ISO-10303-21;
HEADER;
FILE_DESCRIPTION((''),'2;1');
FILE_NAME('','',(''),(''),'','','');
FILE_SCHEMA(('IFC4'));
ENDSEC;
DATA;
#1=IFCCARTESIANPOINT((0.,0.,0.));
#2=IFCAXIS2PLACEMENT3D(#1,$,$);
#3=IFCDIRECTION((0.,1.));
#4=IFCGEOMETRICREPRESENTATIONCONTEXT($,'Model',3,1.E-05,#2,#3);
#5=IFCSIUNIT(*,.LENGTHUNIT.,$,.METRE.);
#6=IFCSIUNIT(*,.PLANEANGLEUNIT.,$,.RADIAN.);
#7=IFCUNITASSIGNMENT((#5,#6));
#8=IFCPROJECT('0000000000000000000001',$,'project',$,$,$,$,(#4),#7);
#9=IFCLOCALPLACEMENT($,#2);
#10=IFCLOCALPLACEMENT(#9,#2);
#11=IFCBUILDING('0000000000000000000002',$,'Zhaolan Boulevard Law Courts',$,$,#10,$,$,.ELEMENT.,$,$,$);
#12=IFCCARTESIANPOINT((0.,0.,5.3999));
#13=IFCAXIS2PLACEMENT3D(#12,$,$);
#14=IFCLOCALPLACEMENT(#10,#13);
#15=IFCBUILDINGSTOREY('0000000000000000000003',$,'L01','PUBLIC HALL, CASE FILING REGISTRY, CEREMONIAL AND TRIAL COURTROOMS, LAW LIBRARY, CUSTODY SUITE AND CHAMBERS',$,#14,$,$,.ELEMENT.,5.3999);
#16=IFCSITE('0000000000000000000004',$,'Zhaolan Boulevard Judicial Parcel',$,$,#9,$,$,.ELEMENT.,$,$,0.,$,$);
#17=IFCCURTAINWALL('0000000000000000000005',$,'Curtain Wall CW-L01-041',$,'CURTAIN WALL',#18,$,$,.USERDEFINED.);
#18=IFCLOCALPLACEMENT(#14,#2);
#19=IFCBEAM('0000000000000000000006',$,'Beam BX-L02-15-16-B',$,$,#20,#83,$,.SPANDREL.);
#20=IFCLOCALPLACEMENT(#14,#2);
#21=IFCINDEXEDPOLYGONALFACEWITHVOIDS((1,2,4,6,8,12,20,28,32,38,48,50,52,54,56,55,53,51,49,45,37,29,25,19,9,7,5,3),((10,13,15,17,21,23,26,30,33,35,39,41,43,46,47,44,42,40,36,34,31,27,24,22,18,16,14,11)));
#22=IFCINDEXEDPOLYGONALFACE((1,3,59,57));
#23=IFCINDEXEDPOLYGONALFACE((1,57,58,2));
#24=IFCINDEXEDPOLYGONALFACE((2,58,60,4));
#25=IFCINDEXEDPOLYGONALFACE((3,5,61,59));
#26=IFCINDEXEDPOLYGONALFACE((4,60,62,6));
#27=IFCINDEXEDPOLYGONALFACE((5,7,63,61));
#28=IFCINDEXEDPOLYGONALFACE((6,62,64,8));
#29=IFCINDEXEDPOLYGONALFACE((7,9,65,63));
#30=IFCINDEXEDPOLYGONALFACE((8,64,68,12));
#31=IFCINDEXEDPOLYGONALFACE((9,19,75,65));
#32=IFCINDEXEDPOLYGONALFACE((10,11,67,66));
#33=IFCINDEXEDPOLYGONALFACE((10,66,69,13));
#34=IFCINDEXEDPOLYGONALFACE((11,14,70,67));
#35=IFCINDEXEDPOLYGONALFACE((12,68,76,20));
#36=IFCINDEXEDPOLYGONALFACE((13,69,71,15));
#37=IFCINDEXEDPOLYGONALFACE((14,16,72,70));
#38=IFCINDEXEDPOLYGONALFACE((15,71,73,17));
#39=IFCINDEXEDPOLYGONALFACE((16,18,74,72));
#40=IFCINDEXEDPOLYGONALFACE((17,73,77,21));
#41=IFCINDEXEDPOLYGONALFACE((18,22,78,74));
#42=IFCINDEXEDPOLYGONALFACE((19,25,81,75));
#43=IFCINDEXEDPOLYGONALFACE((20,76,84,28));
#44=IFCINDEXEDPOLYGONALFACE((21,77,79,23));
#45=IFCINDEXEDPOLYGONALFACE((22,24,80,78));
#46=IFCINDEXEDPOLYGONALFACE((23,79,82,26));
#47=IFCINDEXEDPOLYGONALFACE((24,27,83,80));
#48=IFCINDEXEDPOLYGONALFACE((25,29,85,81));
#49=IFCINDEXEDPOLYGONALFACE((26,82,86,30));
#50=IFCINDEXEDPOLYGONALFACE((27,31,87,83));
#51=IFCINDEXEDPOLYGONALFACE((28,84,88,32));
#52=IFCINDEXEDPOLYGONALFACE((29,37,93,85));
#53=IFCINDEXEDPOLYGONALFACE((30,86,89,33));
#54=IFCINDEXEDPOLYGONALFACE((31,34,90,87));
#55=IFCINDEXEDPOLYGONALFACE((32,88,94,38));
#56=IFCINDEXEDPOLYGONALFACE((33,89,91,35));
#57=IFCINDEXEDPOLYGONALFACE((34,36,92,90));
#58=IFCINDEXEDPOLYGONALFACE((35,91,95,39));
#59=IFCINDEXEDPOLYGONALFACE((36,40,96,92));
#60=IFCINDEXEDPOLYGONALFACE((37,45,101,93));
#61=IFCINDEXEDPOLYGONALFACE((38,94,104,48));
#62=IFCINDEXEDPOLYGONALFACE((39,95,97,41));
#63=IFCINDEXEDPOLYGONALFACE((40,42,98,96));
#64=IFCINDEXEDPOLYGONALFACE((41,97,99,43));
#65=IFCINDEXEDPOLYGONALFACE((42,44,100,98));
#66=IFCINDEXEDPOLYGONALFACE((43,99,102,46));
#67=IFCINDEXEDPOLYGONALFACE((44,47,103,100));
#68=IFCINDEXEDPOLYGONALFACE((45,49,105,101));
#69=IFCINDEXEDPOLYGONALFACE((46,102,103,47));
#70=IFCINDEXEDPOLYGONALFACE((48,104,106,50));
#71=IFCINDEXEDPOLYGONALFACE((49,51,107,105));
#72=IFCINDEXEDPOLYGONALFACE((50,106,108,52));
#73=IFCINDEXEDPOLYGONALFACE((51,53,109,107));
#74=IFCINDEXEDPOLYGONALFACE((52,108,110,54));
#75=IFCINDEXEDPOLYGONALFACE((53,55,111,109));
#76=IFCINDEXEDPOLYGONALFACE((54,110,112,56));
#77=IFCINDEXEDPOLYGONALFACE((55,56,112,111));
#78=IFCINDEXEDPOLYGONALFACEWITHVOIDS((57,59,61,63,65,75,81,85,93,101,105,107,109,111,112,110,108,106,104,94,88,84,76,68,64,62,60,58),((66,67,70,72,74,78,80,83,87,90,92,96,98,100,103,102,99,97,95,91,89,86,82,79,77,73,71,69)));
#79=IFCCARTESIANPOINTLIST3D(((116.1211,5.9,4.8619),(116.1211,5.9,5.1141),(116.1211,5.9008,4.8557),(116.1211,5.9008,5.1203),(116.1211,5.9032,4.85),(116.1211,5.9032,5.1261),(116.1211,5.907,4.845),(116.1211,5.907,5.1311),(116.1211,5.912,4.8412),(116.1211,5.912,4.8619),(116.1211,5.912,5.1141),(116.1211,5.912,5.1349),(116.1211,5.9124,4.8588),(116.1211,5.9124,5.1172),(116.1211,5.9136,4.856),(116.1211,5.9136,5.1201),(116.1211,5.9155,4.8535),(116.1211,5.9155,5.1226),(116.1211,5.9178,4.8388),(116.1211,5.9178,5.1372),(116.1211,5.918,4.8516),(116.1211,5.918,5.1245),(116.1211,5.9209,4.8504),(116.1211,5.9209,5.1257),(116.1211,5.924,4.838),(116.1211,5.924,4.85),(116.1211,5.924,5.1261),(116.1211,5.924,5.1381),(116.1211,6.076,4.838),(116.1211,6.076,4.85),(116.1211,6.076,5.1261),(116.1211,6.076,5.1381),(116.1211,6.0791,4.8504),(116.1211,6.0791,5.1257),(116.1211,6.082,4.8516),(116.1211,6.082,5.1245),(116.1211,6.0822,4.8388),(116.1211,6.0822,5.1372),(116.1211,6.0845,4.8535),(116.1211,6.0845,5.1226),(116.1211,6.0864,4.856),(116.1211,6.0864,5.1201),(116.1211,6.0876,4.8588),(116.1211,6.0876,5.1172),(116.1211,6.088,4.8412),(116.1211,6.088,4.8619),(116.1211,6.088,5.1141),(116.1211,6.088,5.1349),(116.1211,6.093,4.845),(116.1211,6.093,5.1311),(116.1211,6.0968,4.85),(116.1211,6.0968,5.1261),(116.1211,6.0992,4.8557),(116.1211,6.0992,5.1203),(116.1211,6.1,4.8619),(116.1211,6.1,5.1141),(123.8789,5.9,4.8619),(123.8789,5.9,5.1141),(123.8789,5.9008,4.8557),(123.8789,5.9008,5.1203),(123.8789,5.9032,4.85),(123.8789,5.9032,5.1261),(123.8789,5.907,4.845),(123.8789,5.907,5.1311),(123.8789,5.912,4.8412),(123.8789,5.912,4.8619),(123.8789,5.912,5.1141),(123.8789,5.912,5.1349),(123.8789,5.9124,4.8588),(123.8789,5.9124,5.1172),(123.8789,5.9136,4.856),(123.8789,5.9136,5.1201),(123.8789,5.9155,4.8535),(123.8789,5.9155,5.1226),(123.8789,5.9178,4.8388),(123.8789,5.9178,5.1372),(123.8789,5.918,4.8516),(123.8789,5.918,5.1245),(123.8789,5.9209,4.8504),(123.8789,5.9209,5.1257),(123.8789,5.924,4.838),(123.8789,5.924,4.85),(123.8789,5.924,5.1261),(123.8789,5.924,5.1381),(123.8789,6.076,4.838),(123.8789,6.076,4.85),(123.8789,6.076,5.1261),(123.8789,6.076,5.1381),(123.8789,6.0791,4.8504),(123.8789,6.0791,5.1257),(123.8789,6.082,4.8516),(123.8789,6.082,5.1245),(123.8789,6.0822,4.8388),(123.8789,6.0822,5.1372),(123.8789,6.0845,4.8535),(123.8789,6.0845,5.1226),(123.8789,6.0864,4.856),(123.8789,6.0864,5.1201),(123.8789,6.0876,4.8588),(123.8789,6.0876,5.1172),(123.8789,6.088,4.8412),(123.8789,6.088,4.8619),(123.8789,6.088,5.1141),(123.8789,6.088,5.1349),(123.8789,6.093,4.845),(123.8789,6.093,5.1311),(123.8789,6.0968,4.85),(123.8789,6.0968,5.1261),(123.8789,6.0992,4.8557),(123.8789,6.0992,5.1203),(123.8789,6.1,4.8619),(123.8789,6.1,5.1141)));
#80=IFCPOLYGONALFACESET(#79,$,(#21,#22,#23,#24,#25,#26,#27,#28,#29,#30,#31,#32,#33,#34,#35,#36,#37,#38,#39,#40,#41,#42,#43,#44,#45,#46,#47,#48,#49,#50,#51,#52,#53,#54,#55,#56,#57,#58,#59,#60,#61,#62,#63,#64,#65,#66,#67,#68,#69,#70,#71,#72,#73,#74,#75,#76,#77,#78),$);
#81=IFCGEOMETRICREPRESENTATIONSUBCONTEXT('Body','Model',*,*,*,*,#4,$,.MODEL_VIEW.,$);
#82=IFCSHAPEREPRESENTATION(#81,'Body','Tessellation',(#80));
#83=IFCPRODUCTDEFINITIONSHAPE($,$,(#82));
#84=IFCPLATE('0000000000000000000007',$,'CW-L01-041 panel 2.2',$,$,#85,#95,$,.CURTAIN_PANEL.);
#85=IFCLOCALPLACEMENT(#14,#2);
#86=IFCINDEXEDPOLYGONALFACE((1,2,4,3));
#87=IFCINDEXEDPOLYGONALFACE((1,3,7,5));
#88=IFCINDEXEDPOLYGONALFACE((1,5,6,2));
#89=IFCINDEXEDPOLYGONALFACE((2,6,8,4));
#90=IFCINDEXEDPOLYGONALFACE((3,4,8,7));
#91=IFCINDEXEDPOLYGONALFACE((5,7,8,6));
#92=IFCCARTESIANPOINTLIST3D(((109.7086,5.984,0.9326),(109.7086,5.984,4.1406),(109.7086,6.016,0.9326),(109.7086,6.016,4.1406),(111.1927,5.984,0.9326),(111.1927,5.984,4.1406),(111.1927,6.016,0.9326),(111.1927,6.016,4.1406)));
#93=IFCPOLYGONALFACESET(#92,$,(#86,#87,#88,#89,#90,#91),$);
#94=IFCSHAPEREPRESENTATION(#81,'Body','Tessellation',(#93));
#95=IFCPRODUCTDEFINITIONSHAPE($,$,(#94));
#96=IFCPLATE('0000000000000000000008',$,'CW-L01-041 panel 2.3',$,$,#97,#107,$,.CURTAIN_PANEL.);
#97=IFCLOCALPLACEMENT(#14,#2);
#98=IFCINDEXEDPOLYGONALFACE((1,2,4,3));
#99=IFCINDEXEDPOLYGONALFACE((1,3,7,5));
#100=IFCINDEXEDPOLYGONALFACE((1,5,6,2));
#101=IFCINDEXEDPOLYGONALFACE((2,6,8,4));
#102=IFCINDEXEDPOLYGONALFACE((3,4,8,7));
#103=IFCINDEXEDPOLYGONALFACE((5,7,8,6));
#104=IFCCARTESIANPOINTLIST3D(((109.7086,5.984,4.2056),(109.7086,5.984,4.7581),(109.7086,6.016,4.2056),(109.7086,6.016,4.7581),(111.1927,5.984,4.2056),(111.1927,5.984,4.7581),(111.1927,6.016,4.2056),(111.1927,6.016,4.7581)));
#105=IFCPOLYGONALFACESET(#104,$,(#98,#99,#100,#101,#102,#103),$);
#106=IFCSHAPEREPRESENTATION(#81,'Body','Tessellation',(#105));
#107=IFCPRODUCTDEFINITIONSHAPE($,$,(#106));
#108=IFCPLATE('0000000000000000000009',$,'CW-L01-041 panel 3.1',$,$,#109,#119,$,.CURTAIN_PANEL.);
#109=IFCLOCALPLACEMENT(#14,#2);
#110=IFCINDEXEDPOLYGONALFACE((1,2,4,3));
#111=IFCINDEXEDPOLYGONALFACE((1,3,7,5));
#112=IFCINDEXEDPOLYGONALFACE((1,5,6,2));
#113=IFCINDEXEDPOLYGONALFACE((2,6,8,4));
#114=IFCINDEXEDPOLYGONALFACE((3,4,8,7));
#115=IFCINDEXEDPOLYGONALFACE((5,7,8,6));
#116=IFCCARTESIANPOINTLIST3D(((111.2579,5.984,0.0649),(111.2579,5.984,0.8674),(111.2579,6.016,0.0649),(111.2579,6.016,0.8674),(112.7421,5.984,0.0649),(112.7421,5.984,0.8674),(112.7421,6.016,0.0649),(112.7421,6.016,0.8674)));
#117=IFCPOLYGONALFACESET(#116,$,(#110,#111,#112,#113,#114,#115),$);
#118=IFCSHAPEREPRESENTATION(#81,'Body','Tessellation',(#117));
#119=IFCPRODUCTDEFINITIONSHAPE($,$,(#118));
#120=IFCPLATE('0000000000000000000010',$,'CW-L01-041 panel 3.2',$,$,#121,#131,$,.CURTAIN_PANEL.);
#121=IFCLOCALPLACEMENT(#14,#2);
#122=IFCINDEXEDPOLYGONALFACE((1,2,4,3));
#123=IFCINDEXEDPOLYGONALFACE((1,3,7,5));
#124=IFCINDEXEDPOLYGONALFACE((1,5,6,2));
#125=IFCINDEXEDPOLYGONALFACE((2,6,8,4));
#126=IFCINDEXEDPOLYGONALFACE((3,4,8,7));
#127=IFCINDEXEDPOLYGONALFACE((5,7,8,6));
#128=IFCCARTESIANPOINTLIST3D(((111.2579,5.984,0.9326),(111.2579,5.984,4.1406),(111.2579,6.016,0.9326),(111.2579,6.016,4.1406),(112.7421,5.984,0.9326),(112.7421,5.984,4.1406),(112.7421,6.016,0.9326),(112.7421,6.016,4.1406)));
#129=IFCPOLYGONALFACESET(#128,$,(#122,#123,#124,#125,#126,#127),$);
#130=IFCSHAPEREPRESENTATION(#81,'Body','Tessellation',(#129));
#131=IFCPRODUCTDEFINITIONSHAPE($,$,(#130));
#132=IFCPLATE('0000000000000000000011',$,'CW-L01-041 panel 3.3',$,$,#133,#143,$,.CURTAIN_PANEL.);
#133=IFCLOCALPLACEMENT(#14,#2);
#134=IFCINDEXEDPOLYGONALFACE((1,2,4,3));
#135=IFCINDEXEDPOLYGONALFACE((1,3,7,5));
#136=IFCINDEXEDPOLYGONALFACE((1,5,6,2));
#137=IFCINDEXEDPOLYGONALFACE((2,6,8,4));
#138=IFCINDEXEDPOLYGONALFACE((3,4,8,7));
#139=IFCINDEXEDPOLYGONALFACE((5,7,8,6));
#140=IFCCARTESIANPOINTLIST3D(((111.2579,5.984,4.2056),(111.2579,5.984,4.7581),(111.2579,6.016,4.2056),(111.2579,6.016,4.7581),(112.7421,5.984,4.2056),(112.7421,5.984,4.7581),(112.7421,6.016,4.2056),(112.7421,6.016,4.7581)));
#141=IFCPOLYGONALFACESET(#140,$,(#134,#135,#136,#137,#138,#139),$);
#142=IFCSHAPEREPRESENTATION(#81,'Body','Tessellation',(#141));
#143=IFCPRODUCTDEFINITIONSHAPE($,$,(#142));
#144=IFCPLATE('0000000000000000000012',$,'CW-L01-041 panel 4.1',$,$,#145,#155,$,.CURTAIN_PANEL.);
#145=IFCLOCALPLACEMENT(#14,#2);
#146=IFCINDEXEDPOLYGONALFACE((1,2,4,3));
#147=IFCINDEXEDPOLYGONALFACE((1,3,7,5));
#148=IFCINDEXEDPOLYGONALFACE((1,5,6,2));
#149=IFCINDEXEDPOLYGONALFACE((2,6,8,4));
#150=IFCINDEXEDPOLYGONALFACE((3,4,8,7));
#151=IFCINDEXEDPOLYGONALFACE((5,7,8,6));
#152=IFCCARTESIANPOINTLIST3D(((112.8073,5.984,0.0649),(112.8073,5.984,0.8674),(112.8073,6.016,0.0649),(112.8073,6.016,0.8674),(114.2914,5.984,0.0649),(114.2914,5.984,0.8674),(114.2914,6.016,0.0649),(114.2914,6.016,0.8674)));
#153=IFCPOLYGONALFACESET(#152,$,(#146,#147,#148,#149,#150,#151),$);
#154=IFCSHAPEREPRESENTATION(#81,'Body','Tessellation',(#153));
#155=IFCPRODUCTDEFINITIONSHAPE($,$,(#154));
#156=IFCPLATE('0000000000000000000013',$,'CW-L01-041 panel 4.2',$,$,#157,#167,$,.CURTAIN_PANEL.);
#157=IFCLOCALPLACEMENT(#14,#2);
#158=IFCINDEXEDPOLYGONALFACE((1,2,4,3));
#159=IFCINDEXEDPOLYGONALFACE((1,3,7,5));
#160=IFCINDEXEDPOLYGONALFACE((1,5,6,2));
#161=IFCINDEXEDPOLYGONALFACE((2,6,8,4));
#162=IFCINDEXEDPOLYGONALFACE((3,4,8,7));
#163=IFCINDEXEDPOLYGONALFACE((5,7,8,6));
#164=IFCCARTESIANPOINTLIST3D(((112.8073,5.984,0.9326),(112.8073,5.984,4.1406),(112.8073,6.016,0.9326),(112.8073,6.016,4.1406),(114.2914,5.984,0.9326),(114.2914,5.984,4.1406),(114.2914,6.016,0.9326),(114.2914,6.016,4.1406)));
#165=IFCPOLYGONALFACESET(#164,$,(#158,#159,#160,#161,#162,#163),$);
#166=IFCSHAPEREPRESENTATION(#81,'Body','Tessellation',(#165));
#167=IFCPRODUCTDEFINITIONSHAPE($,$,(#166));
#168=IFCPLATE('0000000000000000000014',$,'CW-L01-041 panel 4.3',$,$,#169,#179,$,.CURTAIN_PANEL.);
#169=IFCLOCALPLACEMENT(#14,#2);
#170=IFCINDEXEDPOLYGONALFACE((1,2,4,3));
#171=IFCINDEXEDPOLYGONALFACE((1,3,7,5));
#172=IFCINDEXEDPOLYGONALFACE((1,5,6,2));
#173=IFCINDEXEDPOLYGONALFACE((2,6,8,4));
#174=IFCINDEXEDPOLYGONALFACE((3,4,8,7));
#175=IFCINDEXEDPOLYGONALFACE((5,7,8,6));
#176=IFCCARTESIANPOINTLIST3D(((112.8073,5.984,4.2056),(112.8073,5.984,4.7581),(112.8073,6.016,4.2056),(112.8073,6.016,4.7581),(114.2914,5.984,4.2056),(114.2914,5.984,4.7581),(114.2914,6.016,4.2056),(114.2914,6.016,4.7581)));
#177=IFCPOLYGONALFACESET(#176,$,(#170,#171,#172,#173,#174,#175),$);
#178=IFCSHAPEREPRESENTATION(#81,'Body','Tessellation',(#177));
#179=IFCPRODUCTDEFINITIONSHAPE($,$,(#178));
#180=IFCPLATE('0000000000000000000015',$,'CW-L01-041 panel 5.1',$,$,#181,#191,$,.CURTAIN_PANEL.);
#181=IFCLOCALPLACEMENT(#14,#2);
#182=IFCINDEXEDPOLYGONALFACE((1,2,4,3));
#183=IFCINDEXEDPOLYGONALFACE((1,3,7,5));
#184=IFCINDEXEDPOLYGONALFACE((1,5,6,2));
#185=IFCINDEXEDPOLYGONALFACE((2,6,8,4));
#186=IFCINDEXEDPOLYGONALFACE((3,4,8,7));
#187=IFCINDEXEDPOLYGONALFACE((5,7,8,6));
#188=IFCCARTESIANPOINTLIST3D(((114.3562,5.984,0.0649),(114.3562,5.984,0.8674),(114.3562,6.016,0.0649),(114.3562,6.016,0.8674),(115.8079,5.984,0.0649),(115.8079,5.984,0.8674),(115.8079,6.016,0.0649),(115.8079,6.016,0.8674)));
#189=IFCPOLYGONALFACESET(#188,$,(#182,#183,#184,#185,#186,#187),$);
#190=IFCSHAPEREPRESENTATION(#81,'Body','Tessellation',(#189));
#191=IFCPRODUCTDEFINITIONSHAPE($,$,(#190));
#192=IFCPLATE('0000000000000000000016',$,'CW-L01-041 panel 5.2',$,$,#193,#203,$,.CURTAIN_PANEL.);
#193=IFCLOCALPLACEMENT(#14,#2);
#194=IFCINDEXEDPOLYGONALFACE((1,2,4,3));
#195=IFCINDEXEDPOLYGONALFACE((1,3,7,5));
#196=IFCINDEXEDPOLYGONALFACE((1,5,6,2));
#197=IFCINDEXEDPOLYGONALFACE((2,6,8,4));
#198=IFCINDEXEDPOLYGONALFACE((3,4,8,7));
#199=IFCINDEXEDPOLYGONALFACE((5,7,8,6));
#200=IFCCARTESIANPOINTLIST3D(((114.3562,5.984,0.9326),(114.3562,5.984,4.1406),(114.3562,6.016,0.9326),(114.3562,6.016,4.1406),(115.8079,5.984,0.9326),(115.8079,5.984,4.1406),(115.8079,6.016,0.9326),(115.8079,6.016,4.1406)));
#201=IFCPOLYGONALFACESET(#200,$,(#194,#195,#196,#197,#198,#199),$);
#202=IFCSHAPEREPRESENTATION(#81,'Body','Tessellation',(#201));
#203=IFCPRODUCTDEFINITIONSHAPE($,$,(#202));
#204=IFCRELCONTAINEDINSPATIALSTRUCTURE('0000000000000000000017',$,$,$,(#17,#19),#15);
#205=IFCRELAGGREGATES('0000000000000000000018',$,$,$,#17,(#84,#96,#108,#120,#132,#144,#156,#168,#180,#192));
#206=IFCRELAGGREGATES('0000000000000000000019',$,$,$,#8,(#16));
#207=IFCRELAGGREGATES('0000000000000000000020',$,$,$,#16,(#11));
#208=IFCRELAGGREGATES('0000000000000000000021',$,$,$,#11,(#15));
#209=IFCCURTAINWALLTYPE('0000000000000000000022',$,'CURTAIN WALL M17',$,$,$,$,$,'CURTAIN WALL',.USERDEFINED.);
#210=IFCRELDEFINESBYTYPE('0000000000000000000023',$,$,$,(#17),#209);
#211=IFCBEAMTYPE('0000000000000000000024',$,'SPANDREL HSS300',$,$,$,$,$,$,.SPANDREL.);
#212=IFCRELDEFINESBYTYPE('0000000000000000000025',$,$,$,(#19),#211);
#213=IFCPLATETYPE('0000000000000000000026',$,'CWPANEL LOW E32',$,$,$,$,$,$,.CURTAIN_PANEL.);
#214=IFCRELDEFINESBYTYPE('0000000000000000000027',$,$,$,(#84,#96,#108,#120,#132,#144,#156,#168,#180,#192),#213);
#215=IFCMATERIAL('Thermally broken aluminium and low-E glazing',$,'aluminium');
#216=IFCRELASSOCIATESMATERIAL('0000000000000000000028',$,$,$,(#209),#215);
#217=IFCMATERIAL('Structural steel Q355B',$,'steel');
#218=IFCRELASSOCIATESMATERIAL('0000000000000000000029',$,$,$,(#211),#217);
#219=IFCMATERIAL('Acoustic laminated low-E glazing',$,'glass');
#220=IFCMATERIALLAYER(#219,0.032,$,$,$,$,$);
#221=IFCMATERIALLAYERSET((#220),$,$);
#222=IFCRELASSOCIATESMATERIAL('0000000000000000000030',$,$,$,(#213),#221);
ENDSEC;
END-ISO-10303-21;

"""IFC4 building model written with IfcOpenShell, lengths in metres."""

from ifc_helpers import new_model, si_unit, direction, frame, origin, origin_2d, place, context, subcontext, project, spatial, rectangle, hollow_rectangle, extrude, material, layer, layer_set, material_profile, profile_set, type_object, element, aggregate, save


model = new_model("IFC4")

# Units and contexts
model_context = context("Model", 3, precision=1e-05, world=origin(), true_north=direction((0.0, 1.0)))
body_context = subcontext(model_context, "Body", "Model", "MODEL_VIEW")
ifc_project = project(units=[si_unit("LENGTHUNIT", "METRE"), si_unit("PLANEANGLEUNIT", "RADIAN")], contexts=[model_context])

# Site, building, storey
site_placement = place(None, origin())
site = spatial("IfcSite", under=ifc_project, at=site_placement, Name="Zhaolan Boulevard Judicial Parcel", CompositionType="ELEMENT", RefElevation=0.0)
building_placement = place(site_placement, origin())
building = spatial("IfcBuilding", under=site, at=building_placement, Name="Zhaolan Boulevard Law Courts", CompositionType="ELEMENT")
storey_placement = place(building_placement, frame((0.0, 0.0, 5.3999)))
storey = spatial("IfcBuildingStorey", under=building, at=storey_placement, Name="L01", Description="PUBLIC HALL, CASE FILING REGISTRY, CEREMONIAL AND TRIAL COURTROOMS, LAW LIBRARY, CUSTODY SUITE AND CHAMBERS", CompositionType="ELEMENT", Elevation=5.3999)

# Curtain wall
ifc_material_1 = material(Name="Thermally broken aluminium and low-E glazing", Category="aluminium")
curtain_wall_type_1 = type_object("IfcCurtainWallType", Name="CURTAIN WALL M17", ElementType="CURTAIN WALL", PredefinedType="USERDEFINED", material=ifc_material_1)
curtain_wall_1_placement = place(storey_placement, origin())
curtain_wall_1 = element("IfcCurtainWall", 1, at=curtain_wall_1_placement, inside=storey, type_object=curtain_wall_type_1, Name="Curtain Wall CW-L01-041", ObjectType="CURTAIN WALL", PredefinedType="USERDEFINED")

# Beam
ifc_material_2 = material(Name="Structural steel Q355B", Category="steel")
ifc_material_profile_1 = material_profile(ifc_material_2, hollow_rectangle(XDim=0.2, YDim=0.3, WallThickness=0.012, InnerFilletRadius=0.012, OuterFilletRadius=0.0239, at=origin_2d()), Name="HSS300x200x12")
ifc_profile_set_1 = profile_set([ifc_material_profile_1], Name="Structural steel Q355B")
beam_type = type_object("IfcBeamType", Name="SPANDREL HSS300", PredefinedType="SPANDREL", material=ifc_profile_set_1)
beam_placement = place(storey_placement, frame((116.1211, 6.0, 4.988), z_axis=(1.0, 0.0, 0.0), x_axis=(0.0, 1.0, 0.0)))
element("IfcBeam", 2, at=beam_placement, inside=storey, type_object=beam_type, Name="Beam BX-L02-15-16-B", PredefinedType="SPANDREL", context=body_context, shape_type="SweptSolid", body=[
    extrude(hollow_rectangle(XDim=0.2, YDim=0.3, WallThickness=0.012, InnerFilletRadius=0.012, OuterFilletRadius=0.0239, at=origin_2d()), origin(), (0.0, 0.0, 1.0), 7.7578),
])

# Plates
ifc_material_3 = material(Name="Acoustic laminated low-E glazing", Category="glass")
ifc_layer_1 = layer(ifc_material_3, 0.032)
ifc_layer_set_1 = layer_set([ifc_layer_1])
plate_type_1 = type_object("IfcPlateType", Name="CWPANEL LOW E32", PredefinedType="CURTAIN_PANEL", material=ifc_layer_set_1)
plate_1_placement = place(storey_placement, frame((110.4507, 6.0, 0.9326), z_axis=(0.0, 0.0, 1.0), x_axis=(1.0, 0.0, 0.0)))
plate_1 = element("IfcPlate", 3, at=plate_1_placement, type_object=plate_type_1, Name="CW-L01-041 panel 2.2", PredefinedType="CURTAIN_PANEL", context=body_context, shape_type="SweptSolid", body=[
    extrude(rectangle(XDim=1.4841, YDim=0.032, at=origin_2d()), origin(), (0.0, 0.0, 1.0), 3.208),
])
plate_2_placement = place(storey_placement, frame((110.4507, 6.0, 4.2056), z_axis=(0.0, 0.0, 1.0), x_axis=(1.0, 0.0, 0.0)))
plate_2 = element("IfcPlate", 4, at=plate_2_placement, type_object=plate_type_1, Name="CW-L01-041 panel 2.3", PredefinedType="CURTAIN_PANEL", context=body_context, shape_type="SweptSolid", body=[
    extrude(rectangle(XDim=1.4841, YDim=0.032, at=origin_2d()), origin(), (0.0, 0.0, 1.0), 0.5525),
])
plate_3_placement = place(storey_placement, frame((112.0, 6.0, 0.0649), z_axis=(0.0, 0.0, 1.0), x_axis=(1.0, 0.0, 0.0)))
plate_3 = element("IfcPlate", 5, at=plate_3_placement, type_object=plate_type_1, Name="CW-L01-041 panel 3.1", PredefinedType="CURTAIN_PANEL", context=body_context, shape_type="SweptSolid", body=[
    extrude(rectangle(XDim=1.4841, YDim=0.032, at=origin_2d()), origin(), (0.0, 0.0, 1.0), 0.8025),
])
plate_4_placement = place(storey_placement, frame((112.0, 6.0, 0.9326), z_axis=(0.0, 0.0, 1.0), x_axis=(1.0, 0.0, 0.0)))
plate_4 = element("IfcPlate", 6, at=plate_4_placement, type_object=plate_type_1, Name="CW-L01-041 panel 3.2", PredefinedType="CURTAIN_PANEL", context=body_context, shape_type="SweptSolid", body=[
    extrude(rectangle(XDim=1.4841, YDim=0.032, at=origin_2d()), origin(), (0.0, 0.0, 1.0), 3.208),
])
plate_5_placement = place(storey_placement, frame((112.0, 6.0, 4.2056), z_axis=(0.0, 0.0, 1.0), x_axis=(1.0, 0.0, 0.0)))
plate_5 = element("IfcPlate", 7, at=plate_5_placement, type_object=plate_type_1, Name="CW-L01-041 panel 3.3", PredefinedType="CURTAIN_PANEL", context=body_context, shape_type="SweptSolid", body=[
    extrude(rectangle(XDim=1.4841, YDim=0.032, at=origin_2d()), origin(), (0.0, 0.0, 1.0), 0.5525),
])
plate_6_placement = place(storey_placement, frame((113.5493, 6.0, 0.0649), z_axis=(0.0, 0.0, 1.0), x_axis=(1.0, 0.0, 0.0)))
plate_6 = element("IfcPlate", 8, at=plate_6_placement, type_object=plate_type_1, Name="CW-L01-041 panel 4.1", PredefinedType="CURTAIN_PANEL", context=body_context, shape_type="SweptSolid", body=[
    extrude(rectangle(XDim=1.4841, YDim=0.032, at=origin_2d()), origin(), (0.0, 0.0, 1.0), 0.8025),
])
plate_7_placement = place(storey_placement, frame((113.5493, 6.0, 0.9326), z_axis=(0.0, 0.0, 1.0), x_axis=(1.0, 0.0, 0.0)))
plate_7 = element("IfcPlate", 9, at=plate_7_placement, type_object=plate_type_1, Name="CW-L01-041 panel 4.2", PredefinedType="CURTAIN_PANEL", context=body_context, shape_type="SweptSolid", body=[
    extrude(rectangle(XDim=1.4841, YDim=0.032, at=origin_2d()), origin(), (0.0, 0.0, 1.0), 3.208),
])
plate_8_placement = place(storey_placement, frame((113.5493, 6.0, 4.2056), z_axis=(0.0, 0.0, 1.0), x_axis=(1.0, 0.0, 0.0)))
plate_8 = element("IfcPlate", 10, at=plate_8_placement, type_object=plate_type_1, Name="CW-L01-041 panel 4.3", PredefinedType="CURTAIN_PANEL", context=body_context, shape_type="SweptSolid", body=[
    extrude(rectangle(XDim=1.4841, YDim=0.032, at=origin_2d()), origin(), (0.0, 0.0, 1.0), 0.5525),
])
plate_9_placement = place(storey_placement, frame((115.082, 6.0, 0.0649), z_axis=(0.0, 0.0, 1.0), x_axis=(1.0, 0.0, 0.0)))
plate_9 = element("IfcPlate", 11, at=plate_9_placement, type_object=plate_type_1, Name="CW-L01-041 panel 5.1", PredefinedType="CURTAIN_PANEL", context=body_context, shape_type="SweptSolid", body=[
    extrude(rectangle(XDim=1.4517, YDim=0.032, at=origin_2d()), origin(), (0.0, 0.0, 1.0), 0.8025),
])
plate_10_placement = place(storey_placement, frame((115.082, 6.0, 0.9326), z_axis=(0.0, 0.0, 1.0), x_axis=(1.0, 0.0, 0.0)))
plate_10 = element("IfcPlate", 12, at=plate_10_placement, type_object=plate_type_1, Name="CW-L01-041 panel 5.2", PredefinedType="CURTAIN_PANEL", context=body_context, shape_type="SweptSolid", body=[
    extrude(rectangle(XDim=1.4517, YDim=0.032, at=origin_2d()), origin(), (0.0, 0.0, 1.0), 3.208),
])
aggregate(curtain_wall_1, [plate_1, plate_2, plate_3, plate_4, plate_5, plate_6, plate_7, plate_8, plate_9, plate_10])

save(model, "model.ifc")
